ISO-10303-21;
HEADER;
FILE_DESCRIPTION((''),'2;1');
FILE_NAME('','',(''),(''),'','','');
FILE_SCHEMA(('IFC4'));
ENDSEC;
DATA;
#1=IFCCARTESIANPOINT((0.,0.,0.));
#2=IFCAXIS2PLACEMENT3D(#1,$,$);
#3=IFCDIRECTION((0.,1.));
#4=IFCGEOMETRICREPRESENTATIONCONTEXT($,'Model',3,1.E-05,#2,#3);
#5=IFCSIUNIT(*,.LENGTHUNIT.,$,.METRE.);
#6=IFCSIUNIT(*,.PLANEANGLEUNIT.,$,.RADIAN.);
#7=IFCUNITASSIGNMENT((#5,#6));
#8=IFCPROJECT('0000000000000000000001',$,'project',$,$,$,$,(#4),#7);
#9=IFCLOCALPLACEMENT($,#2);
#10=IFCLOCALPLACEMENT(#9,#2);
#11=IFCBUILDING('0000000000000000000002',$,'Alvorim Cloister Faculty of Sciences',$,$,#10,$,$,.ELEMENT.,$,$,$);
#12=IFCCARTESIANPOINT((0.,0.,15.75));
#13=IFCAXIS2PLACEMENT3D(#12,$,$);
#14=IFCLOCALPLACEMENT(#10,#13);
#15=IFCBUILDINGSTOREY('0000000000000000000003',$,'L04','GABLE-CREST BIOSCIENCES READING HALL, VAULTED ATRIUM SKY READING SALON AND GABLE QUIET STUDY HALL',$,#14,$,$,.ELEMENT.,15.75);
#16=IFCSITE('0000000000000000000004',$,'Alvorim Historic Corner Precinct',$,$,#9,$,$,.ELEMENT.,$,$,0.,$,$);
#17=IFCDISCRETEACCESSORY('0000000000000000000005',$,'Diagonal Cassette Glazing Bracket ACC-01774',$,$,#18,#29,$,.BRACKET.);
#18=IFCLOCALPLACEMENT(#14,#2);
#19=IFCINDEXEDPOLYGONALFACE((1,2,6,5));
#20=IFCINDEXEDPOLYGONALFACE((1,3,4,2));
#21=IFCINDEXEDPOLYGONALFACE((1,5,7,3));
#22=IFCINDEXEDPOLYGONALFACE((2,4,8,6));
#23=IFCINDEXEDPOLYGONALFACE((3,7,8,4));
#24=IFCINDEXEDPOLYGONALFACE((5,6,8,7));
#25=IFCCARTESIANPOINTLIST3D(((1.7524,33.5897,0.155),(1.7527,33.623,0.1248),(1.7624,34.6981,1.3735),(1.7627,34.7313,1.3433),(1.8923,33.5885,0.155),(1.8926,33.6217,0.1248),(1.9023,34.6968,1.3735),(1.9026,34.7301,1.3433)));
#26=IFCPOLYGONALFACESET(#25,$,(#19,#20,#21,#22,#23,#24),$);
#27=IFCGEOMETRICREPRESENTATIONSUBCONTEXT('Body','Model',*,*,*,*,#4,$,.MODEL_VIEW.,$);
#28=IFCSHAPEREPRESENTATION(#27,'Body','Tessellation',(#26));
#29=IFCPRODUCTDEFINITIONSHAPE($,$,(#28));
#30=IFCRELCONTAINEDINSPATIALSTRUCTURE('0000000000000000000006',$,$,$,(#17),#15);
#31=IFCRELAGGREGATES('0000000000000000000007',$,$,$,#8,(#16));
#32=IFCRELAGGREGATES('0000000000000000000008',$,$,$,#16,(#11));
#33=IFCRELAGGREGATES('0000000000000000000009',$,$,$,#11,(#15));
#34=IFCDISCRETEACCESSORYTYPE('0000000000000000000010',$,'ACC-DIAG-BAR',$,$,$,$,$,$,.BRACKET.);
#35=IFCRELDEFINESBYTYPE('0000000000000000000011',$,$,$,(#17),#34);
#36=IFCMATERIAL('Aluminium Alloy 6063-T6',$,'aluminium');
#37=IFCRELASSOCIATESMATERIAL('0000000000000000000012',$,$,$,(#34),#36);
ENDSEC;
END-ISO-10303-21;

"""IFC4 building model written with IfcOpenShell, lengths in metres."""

from ifc_helpers import new_model, si_unit, direction, frame, origin, origin_2d, place, context, subcontext, project, spatial, rectangle, extrude, material, type_object, element, save


model = new_model("IFC4")

# Units and contexts
model_context = context("Model", 3, precision=1e-05, world=origin(), true_north=direction((0.0, 1.0)))
body_context = subcontext(model_context, "Body", "Model", "MODEL_VIEW")
ifc_project = project(units=[si_unit("LENGTHUNIT", "METRE"), si_unit("PLANEANGLEUNIT", "RADIAN")], contexts=[model_context])

# Site, building, storey
site_placement = place(None, origin())
site = spatial("IfcSite", under=ifc_project, at=site_placement, Name="Alvorim Historic Corner Precinct", CompositionType="ELEMENT", RefElevation=0.0)
building_placement = place(site_placement, origin())
building = spatial("IfcBuilding", under=site, at=building_placement, Name="Alvorim Cloister Faculty of Sciences", CompositionType="ELEMENT")
storey_placement = place(building_placement, frame((0.0, 0.0, 15.75)))
storey = spatial("IfcBuildingStorey", under=building, at=storey_placement, Name="L04", Description="GABLE-CREST BIOSCIENCES READING HALL, VAULTED ATRIUM SKY READING SALON AND GABLE QUIET STUDY HALL", CompositionType="ELEMENT", Elevation=15.75)

# Shared definitions
ifc_material_1 = material(Name="Aluminium Alloy 6063-T6", Category="aluminium")

# Discrete accessory
discrete_accessory_type = type_object("IfcDiscreteAccessoryType", Name="ACC-DIAG-BAR", PredefinedType="BRACKET", material=ifc_material_1)
discrete_accessory_placement = place(storey_placement, frame((1.8225, 33.6057, 0.1399), z_axis=(0.006077, 0.672882, 0.739725), x_axis=(-0.999959, 0.00903, 0.0)))
element("IfcDiscreteAccessory", 1, at=discrete_accessory_placement, inside=storey, type_object=discrete_accessory_type, Name="Diagonal Cassette Glazing Bracket ACC-01774", PredefinedType="BRACKET", context=body_context, shape_type="SweptSolid", body=[
    extrude(rectangle(XDim=0.1399, YDim=0.0449, at=origin_2d()), origin(), (0.0, 0.0, 1.0), 1.6472),
])

save(model, "model.ifc")
